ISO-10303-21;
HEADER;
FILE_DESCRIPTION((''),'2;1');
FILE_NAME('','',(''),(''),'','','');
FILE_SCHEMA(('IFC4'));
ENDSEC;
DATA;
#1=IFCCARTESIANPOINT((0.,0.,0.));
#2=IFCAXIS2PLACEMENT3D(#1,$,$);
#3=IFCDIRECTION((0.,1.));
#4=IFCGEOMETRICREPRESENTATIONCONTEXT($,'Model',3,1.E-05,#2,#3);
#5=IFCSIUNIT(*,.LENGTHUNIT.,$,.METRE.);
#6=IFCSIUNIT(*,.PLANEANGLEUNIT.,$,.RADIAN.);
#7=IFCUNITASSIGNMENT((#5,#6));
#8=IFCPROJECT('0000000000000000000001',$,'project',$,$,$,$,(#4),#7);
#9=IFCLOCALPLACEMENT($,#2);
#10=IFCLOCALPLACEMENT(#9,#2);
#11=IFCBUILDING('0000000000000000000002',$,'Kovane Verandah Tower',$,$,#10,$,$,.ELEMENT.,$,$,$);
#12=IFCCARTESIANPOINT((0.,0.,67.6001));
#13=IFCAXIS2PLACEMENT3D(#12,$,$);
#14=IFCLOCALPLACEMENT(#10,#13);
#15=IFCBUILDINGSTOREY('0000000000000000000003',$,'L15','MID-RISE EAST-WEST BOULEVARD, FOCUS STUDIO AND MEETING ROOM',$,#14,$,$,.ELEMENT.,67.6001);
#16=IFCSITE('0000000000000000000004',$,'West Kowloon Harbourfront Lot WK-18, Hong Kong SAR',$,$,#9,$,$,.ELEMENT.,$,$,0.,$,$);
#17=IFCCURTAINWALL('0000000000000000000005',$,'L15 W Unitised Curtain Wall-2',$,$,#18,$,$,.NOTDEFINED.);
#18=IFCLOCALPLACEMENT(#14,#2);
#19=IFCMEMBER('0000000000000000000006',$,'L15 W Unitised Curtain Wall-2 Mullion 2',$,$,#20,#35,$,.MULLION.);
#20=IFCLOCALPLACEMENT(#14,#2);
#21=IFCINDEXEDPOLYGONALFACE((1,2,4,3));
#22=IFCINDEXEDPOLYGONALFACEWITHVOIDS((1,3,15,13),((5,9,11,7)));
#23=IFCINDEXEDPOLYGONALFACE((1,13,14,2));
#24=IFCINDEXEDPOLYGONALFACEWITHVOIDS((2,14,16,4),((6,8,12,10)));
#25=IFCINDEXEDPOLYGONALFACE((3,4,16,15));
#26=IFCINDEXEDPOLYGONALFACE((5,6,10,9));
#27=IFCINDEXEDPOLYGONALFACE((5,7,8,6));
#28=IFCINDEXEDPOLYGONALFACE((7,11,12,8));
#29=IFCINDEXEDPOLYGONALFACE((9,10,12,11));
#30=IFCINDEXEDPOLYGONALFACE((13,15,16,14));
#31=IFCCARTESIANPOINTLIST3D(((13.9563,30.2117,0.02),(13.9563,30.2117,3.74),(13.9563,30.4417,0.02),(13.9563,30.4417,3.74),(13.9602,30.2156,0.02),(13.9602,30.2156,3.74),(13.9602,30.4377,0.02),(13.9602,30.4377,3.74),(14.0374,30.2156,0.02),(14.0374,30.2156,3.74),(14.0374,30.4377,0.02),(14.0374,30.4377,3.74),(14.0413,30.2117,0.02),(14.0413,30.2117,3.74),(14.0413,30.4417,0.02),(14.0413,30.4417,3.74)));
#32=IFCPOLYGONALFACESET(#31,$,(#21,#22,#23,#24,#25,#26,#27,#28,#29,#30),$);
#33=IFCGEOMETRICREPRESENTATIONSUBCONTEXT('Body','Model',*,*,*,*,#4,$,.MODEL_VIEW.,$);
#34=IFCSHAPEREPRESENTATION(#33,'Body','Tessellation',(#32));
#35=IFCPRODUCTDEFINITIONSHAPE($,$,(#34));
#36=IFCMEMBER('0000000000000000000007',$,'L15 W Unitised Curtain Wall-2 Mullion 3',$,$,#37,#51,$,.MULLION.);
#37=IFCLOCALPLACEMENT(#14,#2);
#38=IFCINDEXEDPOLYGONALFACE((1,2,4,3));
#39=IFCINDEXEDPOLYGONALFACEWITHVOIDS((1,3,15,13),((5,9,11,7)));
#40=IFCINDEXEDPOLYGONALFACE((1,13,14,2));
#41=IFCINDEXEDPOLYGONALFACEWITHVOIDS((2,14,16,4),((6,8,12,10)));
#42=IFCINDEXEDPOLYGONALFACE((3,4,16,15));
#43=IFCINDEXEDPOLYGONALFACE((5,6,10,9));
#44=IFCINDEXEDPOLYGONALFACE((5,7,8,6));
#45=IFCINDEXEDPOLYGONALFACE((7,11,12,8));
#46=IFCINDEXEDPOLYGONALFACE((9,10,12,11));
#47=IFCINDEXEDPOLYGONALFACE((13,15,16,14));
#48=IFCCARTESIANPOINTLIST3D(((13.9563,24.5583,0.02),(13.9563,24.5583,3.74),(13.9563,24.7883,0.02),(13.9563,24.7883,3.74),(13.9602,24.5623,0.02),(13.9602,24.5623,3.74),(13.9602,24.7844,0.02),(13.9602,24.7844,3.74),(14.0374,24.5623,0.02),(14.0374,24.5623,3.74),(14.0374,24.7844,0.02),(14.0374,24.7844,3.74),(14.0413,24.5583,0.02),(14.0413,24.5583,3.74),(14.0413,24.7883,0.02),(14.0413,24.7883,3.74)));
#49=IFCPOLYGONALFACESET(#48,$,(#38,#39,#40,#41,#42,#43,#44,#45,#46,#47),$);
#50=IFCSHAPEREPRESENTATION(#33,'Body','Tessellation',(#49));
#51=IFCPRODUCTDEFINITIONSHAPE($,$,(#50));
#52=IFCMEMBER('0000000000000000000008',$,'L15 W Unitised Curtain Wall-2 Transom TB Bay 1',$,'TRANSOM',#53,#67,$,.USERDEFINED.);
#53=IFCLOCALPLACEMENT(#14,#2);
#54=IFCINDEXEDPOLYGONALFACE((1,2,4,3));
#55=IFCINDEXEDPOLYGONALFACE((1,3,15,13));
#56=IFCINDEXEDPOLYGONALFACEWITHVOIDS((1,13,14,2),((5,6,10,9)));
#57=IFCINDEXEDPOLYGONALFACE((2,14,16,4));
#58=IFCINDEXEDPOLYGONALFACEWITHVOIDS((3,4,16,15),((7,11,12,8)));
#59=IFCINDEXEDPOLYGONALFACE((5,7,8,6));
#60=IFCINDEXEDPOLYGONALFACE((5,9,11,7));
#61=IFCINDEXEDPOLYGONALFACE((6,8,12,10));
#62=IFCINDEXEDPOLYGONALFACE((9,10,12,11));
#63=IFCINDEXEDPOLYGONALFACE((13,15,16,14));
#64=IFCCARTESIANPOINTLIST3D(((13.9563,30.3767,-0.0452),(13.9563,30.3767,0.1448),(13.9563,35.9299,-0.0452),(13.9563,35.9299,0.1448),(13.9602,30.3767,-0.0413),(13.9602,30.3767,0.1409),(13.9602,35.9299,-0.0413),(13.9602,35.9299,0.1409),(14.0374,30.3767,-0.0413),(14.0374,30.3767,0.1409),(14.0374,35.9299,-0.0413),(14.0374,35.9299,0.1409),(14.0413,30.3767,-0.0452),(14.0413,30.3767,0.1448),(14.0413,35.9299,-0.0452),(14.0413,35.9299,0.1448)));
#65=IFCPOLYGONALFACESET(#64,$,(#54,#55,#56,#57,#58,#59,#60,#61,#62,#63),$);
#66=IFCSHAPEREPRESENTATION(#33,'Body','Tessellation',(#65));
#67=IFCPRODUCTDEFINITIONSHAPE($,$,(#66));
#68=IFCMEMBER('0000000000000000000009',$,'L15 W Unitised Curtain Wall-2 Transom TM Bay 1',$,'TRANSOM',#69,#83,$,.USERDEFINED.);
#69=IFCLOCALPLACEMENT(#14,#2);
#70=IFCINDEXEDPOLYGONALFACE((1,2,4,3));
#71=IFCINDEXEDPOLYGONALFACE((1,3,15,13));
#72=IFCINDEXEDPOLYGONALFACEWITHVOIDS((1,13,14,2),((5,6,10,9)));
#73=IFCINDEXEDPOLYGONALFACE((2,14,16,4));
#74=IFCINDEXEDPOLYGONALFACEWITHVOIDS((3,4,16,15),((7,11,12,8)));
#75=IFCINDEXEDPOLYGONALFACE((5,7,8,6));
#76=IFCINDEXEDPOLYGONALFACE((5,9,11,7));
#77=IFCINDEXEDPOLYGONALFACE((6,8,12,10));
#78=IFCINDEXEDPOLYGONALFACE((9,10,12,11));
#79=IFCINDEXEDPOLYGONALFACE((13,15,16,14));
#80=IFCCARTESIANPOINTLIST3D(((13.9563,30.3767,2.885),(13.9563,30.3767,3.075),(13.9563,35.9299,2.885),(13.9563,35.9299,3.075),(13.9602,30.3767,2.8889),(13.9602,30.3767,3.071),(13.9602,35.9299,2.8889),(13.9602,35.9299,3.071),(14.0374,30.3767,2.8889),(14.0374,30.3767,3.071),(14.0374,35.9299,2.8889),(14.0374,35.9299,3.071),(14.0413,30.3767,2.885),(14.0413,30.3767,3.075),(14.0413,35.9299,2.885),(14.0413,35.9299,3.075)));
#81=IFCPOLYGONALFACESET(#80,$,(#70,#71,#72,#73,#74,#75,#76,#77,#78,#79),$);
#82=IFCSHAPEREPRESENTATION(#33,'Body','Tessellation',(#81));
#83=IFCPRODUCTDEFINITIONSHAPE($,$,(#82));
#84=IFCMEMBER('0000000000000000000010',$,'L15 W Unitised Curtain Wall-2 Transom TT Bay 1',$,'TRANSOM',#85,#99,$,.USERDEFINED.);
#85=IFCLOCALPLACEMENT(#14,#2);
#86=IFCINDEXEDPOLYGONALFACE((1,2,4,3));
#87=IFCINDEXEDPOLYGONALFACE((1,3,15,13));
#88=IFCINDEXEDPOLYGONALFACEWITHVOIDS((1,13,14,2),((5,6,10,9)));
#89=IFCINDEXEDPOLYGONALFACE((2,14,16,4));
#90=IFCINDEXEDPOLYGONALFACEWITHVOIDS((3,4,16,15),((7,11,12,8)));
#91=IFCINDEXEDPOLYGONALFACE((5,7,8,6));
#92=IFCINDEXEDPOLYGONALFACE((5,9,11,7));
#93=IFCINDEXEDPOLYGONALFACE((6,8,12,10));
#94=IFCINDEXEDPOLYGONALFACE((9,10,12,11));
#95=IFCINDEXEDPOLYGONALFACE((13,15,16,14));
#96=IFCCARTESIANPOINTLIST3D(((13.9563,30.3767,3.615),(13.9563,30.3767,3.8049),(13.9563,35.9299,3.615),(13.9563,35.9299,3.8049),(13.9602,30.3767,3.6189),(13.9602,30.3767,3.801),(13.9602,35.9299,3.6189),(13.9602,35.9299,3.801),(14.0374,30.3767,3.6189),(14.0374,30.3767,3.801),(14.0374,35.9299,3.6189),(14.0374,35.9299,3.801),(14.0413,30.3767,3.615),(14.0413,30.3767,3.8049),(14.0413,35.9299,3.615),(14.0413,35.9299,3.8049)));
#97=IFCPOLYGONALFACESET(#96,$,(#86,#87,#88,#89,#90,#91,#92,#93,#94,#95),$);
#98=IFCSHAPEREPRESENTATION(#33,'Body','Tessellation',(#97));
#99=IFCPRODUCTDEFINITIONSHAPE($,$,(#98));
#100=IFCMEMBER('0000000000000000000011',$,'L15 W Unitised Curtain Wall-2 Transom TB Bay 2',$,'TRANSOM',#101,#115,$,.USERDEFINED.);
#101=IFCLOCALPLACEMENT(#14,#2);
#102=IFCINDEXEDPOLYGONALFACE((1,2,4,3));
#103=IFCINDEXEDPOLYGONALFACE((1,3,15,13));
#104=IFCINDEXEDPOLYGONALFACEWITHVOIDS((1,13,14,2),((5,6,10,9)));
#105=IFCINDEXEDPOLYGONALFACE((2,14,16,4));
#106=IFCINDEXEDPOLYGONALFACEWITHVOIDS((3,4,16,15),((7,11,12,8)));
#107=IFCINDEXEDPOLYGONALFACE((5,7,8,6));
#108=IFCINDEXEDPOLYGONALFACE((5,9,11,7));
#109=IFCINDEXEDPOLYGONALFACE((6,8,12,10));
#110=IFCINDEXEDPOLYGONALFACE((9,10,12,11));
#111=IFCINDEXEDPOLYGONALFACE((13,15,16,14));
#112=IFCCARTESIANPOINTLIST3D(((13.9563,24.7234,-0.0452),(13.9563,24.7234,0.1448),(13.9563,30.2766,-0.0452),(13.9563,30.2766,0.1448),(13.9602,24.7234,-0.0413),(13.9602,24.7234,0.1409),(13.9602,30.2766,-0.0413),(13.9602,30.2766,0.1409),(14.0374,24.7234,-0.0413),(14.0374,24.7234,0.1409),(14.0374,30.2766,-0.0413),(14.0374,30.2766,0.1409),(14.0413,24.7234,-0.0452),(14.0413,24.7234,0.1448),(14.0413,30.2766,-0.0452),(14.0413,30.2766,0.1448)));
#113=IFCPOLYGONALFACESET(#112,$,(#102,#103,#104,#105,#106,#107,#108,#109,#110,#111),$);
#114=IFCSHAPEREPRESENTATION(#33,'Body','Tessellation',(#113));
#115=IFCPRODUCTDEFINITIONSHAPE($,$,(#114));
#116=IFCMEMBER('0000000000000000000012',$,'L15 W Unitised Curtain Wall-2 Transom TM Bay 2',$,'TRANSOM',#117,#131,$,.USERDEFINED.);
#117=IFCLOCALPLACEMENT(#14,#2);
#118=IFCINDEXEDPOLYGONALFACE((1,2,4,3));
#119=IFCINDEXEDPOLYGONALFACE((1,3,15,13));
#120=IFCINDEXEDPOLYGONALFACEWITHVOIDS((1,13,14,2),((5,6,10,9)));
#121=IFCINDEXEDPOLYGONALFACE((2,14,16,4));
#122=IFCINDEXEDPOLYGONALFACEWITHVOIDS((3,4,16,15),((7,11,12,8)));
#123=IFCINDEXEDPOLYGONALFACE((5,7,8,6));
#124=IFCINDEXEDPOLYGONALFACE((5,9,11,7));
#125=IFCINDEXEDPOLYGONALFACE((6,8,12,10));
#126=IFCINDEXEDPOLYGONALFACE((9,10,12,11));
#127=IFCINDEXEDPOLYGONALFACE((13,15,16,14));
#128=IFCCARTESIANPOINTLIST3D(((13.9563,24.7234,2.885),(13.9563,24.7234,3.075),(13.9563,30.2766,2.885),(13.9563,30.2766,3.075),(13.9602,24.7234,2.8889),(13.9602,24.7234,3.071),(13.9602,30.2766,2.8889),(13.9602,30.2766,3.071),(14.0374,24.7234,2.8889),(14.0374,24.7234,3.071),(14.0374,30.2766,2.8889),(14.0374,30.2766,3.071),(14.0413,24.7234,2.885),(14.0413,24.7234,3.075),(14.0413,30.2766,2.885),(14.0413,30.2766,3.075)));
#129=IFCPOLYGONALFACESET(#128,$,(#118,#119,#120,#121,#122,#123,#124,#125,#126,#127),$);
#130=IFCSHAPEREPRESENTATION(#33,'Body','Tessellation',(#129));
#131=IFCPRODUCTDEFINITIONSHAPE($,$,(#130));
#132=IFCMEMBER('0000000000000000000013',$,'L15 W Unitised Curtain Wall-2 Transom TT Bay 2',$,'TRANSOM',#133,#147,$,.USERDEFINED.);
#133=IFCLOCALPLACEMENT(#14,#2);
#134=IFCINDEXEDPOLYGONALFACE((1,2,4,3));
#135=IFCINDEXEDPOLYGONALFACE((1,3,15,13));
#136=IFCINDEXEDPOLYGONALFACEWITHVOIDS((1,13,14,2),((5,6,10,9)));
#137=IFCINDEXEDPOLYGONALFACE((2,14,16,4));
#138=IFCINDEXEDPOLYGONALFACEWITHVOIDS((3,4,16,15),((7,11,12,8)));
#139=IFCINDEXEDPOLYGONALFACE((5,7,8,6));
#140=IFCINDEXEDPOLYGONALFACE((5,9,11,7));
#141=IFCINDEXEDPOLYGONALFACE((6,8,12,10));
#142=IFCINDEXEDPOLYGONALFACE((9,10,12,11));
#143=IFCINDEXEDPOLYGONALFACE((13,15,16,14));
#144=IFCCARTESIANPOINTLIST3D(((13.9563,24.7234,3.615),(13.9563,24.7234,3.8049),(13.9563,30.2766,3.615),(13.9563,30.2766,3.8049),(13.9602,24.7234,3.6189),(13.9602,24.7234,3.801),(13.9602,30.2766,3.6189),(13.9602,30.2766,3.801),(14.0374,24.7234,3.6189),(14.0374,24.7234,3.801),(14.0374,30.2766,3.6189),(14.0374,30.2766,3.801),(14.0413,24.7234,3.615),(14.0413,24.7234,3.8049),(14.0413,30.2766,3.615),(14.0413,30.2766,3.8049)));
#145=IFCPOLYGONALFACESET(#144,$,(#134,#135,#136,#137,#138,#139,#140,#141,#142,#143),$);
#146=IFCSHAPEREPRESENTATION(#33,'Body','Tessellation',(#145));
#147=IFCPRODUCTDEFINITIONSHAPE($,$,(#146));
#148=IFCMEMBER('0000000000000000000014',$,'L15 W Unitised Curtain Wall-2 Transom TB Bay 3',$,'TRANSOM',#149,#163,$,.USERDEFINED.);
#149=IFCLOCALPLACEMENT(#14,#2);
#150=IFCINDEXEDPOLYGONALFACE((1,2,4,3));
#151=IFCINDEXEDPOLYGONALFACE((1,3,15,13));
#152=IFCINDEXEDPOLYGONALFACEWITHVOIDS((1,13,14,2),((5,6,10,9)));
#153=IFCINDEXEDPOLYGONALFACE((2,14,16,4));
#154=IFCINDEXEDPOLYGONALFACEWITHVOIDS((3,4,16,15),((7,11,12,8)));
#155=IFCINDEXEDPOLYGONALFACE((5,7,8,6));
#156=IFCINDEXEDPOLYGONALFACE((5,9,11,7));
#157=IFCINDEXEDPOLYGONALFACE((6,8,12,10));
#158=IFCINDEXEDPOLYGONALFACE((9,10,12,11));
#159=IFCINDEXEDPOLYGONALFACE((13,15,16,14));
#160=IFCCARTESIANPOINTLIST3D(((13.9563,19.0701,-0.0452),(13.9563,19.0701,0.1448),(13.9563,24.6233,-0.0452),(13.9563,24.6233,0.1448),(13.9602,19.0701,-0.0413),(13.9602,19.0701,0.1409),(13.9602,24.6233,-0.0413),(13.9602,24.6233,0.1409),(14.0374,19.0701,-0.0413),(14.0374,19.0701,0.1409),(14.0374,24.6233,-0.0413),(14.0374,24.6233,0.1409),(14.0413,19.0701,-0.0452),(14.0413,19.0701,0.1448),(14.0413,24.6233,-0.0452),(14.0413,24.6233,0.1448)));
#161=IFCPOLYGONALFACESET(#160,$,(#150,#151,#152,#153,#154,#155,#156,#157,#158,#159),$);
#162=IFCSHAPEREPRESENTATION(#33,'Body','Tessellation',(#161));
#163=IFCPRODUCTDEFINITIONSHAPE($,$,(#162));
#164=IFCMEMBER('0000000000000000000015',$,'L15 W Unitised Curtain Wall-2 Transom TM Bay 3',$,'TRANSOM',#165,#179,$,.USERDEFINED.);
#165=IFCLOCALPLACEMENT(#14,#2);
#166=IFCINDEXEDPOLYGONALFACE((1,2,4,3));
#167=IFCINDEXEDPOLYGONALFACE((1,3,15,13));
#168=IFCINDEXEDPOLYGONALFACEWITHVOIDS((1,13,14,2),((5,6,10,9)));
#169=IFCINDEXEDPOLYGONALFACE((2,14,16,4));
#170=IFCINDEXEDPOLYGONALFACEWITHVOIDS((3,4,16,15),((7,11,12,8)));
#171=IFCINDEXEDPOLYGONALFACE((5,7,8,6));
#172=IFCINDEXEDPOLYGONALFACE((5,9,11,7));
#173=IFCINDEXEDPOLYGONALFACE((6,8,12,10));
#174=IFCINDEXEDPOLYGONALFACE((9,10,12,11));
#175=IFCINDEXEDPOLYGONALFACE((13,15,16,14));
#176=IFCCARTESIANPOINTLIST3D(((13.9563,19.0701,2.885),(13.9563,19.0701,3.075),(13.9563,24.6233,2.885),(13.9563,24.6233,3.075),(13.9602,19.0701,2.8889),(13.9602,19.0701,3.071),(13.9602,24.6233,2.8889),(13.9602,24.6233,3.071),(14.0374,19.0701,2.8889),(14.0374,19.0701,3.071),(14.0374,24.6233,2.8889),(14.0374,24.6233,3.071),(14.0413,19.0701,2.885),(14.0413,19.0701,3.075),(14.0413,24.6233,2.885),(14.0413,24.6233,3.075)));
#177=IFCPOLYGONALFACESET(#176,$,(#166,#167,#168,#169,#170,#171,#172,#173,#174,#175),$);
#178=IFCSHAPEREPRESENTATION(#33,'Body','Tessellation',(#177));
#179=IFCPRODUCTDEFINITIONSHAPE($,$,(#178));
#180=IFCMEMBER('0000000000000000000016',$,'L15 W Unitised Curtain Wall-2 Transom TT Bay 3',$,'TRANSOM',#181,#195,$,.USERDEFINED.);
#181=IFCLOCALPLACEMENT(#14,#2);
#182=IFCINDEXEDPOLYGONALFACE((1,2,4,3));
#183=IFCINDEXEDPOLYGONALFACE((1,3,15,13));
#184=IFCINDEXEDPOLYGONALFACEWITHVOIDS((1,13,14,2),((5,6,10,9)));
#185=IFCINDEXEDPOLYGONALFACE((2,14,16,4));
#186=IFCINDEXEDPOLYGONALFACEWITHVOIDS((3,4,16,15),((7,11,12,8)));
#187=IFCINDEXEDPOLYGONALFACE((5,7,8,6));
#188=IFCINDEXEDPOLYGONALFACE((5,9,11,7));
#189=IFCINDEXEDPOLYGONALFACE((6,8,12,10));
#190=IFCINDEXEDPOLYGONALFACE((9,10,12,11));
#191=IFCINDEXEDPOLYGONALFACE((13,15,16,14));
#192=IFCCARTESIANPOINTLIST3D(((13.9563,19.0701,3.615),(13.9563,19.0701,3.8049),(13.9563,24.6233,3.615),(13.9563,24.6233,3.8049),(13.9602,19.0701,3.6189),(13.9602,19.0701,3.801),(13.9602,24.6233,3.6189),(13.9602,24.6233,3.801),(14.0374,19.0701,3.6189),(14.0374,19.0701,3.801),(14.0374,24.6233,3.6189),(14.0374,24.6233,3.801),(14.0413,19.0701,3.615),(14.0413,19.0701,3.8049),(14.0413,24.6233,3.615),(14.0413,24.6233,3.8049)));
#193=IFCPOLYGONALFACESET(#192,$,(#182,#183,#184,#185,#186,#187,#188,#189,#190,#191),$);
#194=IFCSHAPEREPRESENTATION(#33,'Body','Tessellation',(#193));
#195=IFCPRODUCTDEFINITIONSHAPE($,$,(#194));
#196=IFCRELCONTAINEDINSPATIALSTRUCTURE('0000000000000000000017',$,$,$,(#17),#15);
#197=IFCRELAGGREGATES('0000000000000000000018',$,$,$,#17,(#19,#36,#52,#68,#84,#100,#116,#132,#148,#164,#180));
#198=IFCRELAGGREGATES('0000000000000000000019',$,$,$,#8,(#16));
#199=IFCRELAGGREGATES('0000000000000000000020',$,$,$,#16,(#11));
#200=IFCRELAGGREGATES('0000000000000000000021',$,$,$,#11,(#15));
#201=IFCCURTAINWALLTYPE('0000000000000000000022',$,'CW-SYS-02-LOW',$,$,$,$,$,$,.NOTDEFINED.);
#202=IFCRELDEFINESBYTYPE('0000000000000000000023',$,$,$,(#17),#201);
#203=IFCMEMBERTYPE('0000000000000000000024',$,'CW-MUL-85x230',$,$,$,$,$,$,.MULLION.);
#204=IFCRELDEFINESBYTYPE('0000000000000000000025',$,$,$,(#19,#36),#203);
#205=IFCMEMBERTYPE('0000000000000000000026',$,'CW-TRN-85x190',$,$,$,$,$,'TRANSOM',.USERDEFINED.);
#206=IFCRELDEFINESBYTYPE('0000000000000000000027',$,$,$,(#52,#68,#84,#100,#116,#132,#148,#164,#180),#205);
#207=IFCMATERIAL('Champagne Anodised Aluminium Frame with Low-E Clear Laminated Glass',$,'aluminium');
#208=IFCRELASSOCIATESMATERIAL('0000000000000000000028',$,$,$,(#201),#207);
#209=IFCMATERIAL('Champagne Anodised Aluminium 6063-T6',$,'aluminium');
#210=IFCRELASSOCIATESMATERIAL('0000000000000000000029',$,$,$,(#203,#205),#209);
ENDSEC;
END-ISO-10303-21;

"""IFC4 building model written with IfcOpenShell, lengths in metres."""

from ifc_helpers import new_model, si_unit, direction, frame, origin, origin_2d, place, context, subcontext, project, spatial, hollow_rectangle, extrude, material, material_profile, profile_set, type_object, element, aggregate, save


model = new_model("IFC4")

# Units and contexts
model_context = context("Model", 3, precision=1e-05, world=origin(), true_north=direction((0.0, 1.0)))
body_context = subcontext(model_context, "Body", "Model", "MODEL_VIEW")
ifc_project = project(units=[si_unit("LENGTHUNIT", "METRE"), si_unit("PLANEANGLEUNIT", "RADIAN")], contexts=[model_context])

# Site, building, storey
site_placement = place(None, origin())
site = spatial("IfcSite", under=ifc_project, at=site_placement, Name="West Kowloon Harbourfront Lot WK-18, Hong Kong SAR", CompositionType="ELEMENT", RefElevation=0.0)
building_placement = place(site_placement, origin())
building = spatial("IfcBuilding", under=site, at=building_placement, Name="Kovane Verandah Tower", CompositionType="ELEMENT")
storey_placement = place(building_placement, frame((0.0, 0.0, 67.6001)))
storey = spatial("IfcBuildingStorey", under=building, at=storey_placement, Name="L15", Description="MID-RISE EAST-WEST BOULEVARD, FOCUS STUDIO AND MEETING ROOM", CompositionType="ELEMENT", Elevation=67.6001)

# Curtain wall, members
ifc_material_1 = material(Name="Champagne Anodised Aluminium Frame with Low-E Clear Laminated Glass", Category="aluminium")
curtain_wall_type = type_object("IfcCurtainWallType", Name="CW-SYS-02-LOW", PredefinedType="NOTDEFINED", material=ifc_material_1)
curtain_wall_placement = place(storey_placement, origin())
curtain_wall = element("IfcCurtainWall", 1, at=curtain_wall_placement, inside=storey, type_object=curtain_wall_type, Name="L15 W Unitised Curtain Wall-2", PredefinedType="NOTDEFINED")
ifc_material_2 = material(Name="Champagne Anodised Aluminium 6063-T6", Category="aluminium")
ifc_material_profile_1 = material_profile(ifc_material_2, hollow_rectangle(XDim=0.085, YDim=0.23, WallThickness=0.0039, at=origin_2d()), Name="AL85x230x4")
ifc_profile_set_1 = profile_set([ifc_material_profile_1], Name="Champagne Anodised Aluminium 6063-T6")
member_type_1 = type_object("IfcMemberType", Name="CW-MUL-85x230", PredefinedType="MULLION", material=ifc_profile_set_1)
member_1_placement = place(storey_placement, frame((13.9988, 30.3267, 0.02), z_axis=(0.0, 0.0, 1.0), x_axis=(-1.0, 0.0, 0.0)))
member_1 = element("IfcMember", 2, at=member_1_placement, type_object=member_type_1, Name="L15 W Unitised Curtain Wall-2 Mullion 2", PredefinedType="MULLION", context=body_context, shape_type="SweptSolid", body=[
    extrude(hollow_rectangle(XDim=0.085, YDim=0.23, WallThickness=0.0039, at=origin_2d()), origin(), (0.0, 0.0, 1.0), 3.72),
])
member_2_placement = place(storey_placement, frame((13.9988, 24.6733, 0.02), z_axis=(0.0, 0.0, 1.0), x_axis=(-1.0, 0.0, 0.0)))
member_2 = element("IfcMember", 3, at=member_2_placement, type_object=member_type_1, Name="L15 W Unitised Curtain Wall-2 Mullion 3", PredefinedType="MULLION", context=body_context, shape_type="SweptSolid", body=[
    extrude(hollow_rectangle(XDim=0.085, YDim=0.23, WallThickness=0.0039, at=origin_2d()), origin(), (0.0, 0.0, 1.0), 3.72),
])
ifc_material_profile_2 = material_profile(ifc_material_2, hollow_rectangle(XDim=0.085, YDim=0.1899, WallThickness=0.0039, at=origin_2d()), Name="AL85x190x4")
ifc_profile_set_2 = profile_set([ifc_material_profile_2], Name="Champagne Anodised Aluminium 6063-T6")
member_type_2 = type_object("IfcMemberType", Name="CW-TRN-85x190", ElementType="TRANSOM", PredefinedType="USERDEFINED", material=ifc_profile_set_2)
member_3_placement = place(storey_placement, frame((13.9988, 35.9299, 0.0498), z_axis=(0.0, -1.0, 0.0), x_axis=(1.0, 0.0, 0.0)))
member_3 = element("IfcMember", 4, at=member_3_placement, type_object=member_type_2, Name="L15 W Unitised Curtain Wall-2 Transom TB Bay 1", ObjectType="TRANSOM", PredefinedType="USERDEFINED", context=body_context, shape_type="SweptSolid", body=[
    extrude(hollow_rectangle(XDim=0.085, YDim=0.1899, WallThickness=0.0039, at=origin_2d()), origin(), (0.0, 0.0, 1.0), 5.5532),
])
member_4_placement = place(storey_placement, frame((13.9988, 35.9299, 2.98), z_axis=(0.0, -1.0, 0.0), x_axis=(1.0, 0.0, 0.0)))
member_4 = element("IfcMember", 5, at=member_4_placement, type_object=member_type_2, Name="L15 W Unitised Curtain Wall-2 Transom TM Bay 1", ObjectType="TRANSOM", PredefinedType="USERDEFINED", context=body_context, shape_type="SweptSolid", body=[
    extrude(hollow_rectangle(XDim=0.085, YDim=0.1899, WallThickness=0.0039, at=origin_2d()), origin(), (0.0, 0.0, 1.0), 5.5532),
])
member_5_placement = place(storey_placement, frame((13.9988, 35.9299, 3.71), z_axis=(0.0, -1.0, 0.0), x_axis=(1.0, 0.0, 0.0)))
member_5 = element("IfcMember", 6, at=member_5_placement, type_object=member_type_2, Name="L15 W Unitised Curtain Wall-2 Transom TT Bay 1", ObjectType="TRANSOM", PredefinedType="USERDEFINED", context=body_context, shape_type="SweptSolid", body=[
    extrude(hollow_rectangle(XDim=0.085, YDim=0.1899, WallThickness=0.0039, at=origin_2d()), origin(), (0.0, 0.0, 1.0), 5.5532),
])
member_6_placement = place(storey_placement, frame((13.9988, 30.2766, 0.0498), z_axis=(0.0, -1.0, 0.0), x_axis=(1.0, 0.0, 0.0)))
member_6 = element("IfcMember", 7, at=member_6_placement, type_object=member_type_2, Name="L15 W Unitised Curtain Wall-2 Transom TB Bay 2", ObjectType="TRANSOM", PredefinedType="USERDEFINED", context=body_context, shape_type="SweptSolid", body=[
    extrude(hollow_rectangle(XDim=0.085, YDim=0.1899, WallThickness=0.0039, at=origin_2d()), origin(), (0.0, 0.0, 1.0), 5.5532),
])
member_7_placement = place(storey_placement, frame((13.9988, 30.2766, 2.98), z_axis=(0.0, -1.0, 0.0), x_axis=(1.0, 0.0, 0.0)))
member_7 = element("IfcMember", 8, at=member_7_placement, type_object=member_type_2, Name="L15 W Unitised Curtain Wall-2 Transom TM Bay 2", ObjectType="TRANSOM", PredefinedType="USERDEFINED", context=body_context, shape_type="SweptSolid", body=[
    extrude(hollow_rectangle(XDim=0.085, YDim=0.1899, WallThickness=0.0039, at=origin_2d()), origin(), (0.0, 0.0, 1.0), 5.5532),
])
member_8_placement = place(storey_placement, frame((13.9988, 30.2766, 3.71), z_axis=(0.0, -1.0, 0.0), x_axis=(1.0, 0.0, 0.0)))
member_8 = element("IfcMember", 9, at=member_8_placement, type_object=member_type_2, Name="L15 W Unitised Curtain Wall-2 Transom TT Bay 2", ObjectType="TRANSOM", PredefinedType="USERDEFINED", context=body_context, shape_type="SweptSolid", body=[
    extrude(hollow_rectangle(XDim=0.085, YDim=0.1899, WallThickness=0.0039, at=origin_2d()), origin(), (0.0, 0.0, 1.0), 5.5532),
])
member_9_placement = place(storey_placement, frame((13.9988, 24.6233, 0.0498), z_axis=(0.0, -1.0, 0.0), x_axis=(1.0, 0.0, 0.0)))
member_9 = element("IfcMember", 10, at=member_9_placement, type_object=member_type_2, Name="L15 W Unitised Curtain Wall-2 Transom TB Bay 3", ObjectType="TRANSOM", PredefinedType="USERDEFINED", context=body_context, shape_type="SweptSolid", body=[
    extrude(hollow_rectangle(XDim=0.085, YDim=0.1899, WallThickness=0.0039, at=origin_2d()), origin(), (0.0, 0.0, 1.0), 5.5532),
])
member_10_placement = place(storey_placement, frame((13.9988, 24.6233, 2.98), z_axis=(0.0, -1.0, 0.0), x_axis=(1.0, 0.0, 0.0)))
member_10 = element("IfcMember", 11, at=member_10_placement, type_object=member_type_2, Name="L15 W Unitised Curtain Wall-2 Transom TM Bay 3", ObjectType="TRANSOM", PredefinedType="USERDEFINED", context=body_context, shape_type="SweptSolid", body=[
    extrude(hollow_rectangle(XDim=0.085, YDim=0.1899, WallThickness=0.0039, at=origin_2d()), origin(), (0.0, 0.0, 1.0), 5.5532),
])
member_11_placement = place(storey_placement, frame((13.9988, 24.6233, 3.71), z_axis=(0.0, -1.0, 0.0), x_axis=(1.0, 0.0, 0.0)))
member_11 = element("IfcMember", 12, at=member_11_placement, type_object=member_type_2, Name="L15 W Unitised Curtain Wall-2 Transom TT Bay 3", ObjectType="TRANSOM", PredefinedType="USERDEFINED", context=body_context, shape_type="SweptSolid", body=[
    extrude(hollow_rectangle(XDim=0.085, YDim=0.1899, WallThickness=0.0039, at=origin_2d()), origin(), (0.0, 0.0, 1.0), 5.5532),
])
aggregate(curtain_wall, [member_1, member_2, member_3, member_4, member_5, member_6, member_7, member_8, member_9, member_10, member_11])

save(model, "model.ifc")
